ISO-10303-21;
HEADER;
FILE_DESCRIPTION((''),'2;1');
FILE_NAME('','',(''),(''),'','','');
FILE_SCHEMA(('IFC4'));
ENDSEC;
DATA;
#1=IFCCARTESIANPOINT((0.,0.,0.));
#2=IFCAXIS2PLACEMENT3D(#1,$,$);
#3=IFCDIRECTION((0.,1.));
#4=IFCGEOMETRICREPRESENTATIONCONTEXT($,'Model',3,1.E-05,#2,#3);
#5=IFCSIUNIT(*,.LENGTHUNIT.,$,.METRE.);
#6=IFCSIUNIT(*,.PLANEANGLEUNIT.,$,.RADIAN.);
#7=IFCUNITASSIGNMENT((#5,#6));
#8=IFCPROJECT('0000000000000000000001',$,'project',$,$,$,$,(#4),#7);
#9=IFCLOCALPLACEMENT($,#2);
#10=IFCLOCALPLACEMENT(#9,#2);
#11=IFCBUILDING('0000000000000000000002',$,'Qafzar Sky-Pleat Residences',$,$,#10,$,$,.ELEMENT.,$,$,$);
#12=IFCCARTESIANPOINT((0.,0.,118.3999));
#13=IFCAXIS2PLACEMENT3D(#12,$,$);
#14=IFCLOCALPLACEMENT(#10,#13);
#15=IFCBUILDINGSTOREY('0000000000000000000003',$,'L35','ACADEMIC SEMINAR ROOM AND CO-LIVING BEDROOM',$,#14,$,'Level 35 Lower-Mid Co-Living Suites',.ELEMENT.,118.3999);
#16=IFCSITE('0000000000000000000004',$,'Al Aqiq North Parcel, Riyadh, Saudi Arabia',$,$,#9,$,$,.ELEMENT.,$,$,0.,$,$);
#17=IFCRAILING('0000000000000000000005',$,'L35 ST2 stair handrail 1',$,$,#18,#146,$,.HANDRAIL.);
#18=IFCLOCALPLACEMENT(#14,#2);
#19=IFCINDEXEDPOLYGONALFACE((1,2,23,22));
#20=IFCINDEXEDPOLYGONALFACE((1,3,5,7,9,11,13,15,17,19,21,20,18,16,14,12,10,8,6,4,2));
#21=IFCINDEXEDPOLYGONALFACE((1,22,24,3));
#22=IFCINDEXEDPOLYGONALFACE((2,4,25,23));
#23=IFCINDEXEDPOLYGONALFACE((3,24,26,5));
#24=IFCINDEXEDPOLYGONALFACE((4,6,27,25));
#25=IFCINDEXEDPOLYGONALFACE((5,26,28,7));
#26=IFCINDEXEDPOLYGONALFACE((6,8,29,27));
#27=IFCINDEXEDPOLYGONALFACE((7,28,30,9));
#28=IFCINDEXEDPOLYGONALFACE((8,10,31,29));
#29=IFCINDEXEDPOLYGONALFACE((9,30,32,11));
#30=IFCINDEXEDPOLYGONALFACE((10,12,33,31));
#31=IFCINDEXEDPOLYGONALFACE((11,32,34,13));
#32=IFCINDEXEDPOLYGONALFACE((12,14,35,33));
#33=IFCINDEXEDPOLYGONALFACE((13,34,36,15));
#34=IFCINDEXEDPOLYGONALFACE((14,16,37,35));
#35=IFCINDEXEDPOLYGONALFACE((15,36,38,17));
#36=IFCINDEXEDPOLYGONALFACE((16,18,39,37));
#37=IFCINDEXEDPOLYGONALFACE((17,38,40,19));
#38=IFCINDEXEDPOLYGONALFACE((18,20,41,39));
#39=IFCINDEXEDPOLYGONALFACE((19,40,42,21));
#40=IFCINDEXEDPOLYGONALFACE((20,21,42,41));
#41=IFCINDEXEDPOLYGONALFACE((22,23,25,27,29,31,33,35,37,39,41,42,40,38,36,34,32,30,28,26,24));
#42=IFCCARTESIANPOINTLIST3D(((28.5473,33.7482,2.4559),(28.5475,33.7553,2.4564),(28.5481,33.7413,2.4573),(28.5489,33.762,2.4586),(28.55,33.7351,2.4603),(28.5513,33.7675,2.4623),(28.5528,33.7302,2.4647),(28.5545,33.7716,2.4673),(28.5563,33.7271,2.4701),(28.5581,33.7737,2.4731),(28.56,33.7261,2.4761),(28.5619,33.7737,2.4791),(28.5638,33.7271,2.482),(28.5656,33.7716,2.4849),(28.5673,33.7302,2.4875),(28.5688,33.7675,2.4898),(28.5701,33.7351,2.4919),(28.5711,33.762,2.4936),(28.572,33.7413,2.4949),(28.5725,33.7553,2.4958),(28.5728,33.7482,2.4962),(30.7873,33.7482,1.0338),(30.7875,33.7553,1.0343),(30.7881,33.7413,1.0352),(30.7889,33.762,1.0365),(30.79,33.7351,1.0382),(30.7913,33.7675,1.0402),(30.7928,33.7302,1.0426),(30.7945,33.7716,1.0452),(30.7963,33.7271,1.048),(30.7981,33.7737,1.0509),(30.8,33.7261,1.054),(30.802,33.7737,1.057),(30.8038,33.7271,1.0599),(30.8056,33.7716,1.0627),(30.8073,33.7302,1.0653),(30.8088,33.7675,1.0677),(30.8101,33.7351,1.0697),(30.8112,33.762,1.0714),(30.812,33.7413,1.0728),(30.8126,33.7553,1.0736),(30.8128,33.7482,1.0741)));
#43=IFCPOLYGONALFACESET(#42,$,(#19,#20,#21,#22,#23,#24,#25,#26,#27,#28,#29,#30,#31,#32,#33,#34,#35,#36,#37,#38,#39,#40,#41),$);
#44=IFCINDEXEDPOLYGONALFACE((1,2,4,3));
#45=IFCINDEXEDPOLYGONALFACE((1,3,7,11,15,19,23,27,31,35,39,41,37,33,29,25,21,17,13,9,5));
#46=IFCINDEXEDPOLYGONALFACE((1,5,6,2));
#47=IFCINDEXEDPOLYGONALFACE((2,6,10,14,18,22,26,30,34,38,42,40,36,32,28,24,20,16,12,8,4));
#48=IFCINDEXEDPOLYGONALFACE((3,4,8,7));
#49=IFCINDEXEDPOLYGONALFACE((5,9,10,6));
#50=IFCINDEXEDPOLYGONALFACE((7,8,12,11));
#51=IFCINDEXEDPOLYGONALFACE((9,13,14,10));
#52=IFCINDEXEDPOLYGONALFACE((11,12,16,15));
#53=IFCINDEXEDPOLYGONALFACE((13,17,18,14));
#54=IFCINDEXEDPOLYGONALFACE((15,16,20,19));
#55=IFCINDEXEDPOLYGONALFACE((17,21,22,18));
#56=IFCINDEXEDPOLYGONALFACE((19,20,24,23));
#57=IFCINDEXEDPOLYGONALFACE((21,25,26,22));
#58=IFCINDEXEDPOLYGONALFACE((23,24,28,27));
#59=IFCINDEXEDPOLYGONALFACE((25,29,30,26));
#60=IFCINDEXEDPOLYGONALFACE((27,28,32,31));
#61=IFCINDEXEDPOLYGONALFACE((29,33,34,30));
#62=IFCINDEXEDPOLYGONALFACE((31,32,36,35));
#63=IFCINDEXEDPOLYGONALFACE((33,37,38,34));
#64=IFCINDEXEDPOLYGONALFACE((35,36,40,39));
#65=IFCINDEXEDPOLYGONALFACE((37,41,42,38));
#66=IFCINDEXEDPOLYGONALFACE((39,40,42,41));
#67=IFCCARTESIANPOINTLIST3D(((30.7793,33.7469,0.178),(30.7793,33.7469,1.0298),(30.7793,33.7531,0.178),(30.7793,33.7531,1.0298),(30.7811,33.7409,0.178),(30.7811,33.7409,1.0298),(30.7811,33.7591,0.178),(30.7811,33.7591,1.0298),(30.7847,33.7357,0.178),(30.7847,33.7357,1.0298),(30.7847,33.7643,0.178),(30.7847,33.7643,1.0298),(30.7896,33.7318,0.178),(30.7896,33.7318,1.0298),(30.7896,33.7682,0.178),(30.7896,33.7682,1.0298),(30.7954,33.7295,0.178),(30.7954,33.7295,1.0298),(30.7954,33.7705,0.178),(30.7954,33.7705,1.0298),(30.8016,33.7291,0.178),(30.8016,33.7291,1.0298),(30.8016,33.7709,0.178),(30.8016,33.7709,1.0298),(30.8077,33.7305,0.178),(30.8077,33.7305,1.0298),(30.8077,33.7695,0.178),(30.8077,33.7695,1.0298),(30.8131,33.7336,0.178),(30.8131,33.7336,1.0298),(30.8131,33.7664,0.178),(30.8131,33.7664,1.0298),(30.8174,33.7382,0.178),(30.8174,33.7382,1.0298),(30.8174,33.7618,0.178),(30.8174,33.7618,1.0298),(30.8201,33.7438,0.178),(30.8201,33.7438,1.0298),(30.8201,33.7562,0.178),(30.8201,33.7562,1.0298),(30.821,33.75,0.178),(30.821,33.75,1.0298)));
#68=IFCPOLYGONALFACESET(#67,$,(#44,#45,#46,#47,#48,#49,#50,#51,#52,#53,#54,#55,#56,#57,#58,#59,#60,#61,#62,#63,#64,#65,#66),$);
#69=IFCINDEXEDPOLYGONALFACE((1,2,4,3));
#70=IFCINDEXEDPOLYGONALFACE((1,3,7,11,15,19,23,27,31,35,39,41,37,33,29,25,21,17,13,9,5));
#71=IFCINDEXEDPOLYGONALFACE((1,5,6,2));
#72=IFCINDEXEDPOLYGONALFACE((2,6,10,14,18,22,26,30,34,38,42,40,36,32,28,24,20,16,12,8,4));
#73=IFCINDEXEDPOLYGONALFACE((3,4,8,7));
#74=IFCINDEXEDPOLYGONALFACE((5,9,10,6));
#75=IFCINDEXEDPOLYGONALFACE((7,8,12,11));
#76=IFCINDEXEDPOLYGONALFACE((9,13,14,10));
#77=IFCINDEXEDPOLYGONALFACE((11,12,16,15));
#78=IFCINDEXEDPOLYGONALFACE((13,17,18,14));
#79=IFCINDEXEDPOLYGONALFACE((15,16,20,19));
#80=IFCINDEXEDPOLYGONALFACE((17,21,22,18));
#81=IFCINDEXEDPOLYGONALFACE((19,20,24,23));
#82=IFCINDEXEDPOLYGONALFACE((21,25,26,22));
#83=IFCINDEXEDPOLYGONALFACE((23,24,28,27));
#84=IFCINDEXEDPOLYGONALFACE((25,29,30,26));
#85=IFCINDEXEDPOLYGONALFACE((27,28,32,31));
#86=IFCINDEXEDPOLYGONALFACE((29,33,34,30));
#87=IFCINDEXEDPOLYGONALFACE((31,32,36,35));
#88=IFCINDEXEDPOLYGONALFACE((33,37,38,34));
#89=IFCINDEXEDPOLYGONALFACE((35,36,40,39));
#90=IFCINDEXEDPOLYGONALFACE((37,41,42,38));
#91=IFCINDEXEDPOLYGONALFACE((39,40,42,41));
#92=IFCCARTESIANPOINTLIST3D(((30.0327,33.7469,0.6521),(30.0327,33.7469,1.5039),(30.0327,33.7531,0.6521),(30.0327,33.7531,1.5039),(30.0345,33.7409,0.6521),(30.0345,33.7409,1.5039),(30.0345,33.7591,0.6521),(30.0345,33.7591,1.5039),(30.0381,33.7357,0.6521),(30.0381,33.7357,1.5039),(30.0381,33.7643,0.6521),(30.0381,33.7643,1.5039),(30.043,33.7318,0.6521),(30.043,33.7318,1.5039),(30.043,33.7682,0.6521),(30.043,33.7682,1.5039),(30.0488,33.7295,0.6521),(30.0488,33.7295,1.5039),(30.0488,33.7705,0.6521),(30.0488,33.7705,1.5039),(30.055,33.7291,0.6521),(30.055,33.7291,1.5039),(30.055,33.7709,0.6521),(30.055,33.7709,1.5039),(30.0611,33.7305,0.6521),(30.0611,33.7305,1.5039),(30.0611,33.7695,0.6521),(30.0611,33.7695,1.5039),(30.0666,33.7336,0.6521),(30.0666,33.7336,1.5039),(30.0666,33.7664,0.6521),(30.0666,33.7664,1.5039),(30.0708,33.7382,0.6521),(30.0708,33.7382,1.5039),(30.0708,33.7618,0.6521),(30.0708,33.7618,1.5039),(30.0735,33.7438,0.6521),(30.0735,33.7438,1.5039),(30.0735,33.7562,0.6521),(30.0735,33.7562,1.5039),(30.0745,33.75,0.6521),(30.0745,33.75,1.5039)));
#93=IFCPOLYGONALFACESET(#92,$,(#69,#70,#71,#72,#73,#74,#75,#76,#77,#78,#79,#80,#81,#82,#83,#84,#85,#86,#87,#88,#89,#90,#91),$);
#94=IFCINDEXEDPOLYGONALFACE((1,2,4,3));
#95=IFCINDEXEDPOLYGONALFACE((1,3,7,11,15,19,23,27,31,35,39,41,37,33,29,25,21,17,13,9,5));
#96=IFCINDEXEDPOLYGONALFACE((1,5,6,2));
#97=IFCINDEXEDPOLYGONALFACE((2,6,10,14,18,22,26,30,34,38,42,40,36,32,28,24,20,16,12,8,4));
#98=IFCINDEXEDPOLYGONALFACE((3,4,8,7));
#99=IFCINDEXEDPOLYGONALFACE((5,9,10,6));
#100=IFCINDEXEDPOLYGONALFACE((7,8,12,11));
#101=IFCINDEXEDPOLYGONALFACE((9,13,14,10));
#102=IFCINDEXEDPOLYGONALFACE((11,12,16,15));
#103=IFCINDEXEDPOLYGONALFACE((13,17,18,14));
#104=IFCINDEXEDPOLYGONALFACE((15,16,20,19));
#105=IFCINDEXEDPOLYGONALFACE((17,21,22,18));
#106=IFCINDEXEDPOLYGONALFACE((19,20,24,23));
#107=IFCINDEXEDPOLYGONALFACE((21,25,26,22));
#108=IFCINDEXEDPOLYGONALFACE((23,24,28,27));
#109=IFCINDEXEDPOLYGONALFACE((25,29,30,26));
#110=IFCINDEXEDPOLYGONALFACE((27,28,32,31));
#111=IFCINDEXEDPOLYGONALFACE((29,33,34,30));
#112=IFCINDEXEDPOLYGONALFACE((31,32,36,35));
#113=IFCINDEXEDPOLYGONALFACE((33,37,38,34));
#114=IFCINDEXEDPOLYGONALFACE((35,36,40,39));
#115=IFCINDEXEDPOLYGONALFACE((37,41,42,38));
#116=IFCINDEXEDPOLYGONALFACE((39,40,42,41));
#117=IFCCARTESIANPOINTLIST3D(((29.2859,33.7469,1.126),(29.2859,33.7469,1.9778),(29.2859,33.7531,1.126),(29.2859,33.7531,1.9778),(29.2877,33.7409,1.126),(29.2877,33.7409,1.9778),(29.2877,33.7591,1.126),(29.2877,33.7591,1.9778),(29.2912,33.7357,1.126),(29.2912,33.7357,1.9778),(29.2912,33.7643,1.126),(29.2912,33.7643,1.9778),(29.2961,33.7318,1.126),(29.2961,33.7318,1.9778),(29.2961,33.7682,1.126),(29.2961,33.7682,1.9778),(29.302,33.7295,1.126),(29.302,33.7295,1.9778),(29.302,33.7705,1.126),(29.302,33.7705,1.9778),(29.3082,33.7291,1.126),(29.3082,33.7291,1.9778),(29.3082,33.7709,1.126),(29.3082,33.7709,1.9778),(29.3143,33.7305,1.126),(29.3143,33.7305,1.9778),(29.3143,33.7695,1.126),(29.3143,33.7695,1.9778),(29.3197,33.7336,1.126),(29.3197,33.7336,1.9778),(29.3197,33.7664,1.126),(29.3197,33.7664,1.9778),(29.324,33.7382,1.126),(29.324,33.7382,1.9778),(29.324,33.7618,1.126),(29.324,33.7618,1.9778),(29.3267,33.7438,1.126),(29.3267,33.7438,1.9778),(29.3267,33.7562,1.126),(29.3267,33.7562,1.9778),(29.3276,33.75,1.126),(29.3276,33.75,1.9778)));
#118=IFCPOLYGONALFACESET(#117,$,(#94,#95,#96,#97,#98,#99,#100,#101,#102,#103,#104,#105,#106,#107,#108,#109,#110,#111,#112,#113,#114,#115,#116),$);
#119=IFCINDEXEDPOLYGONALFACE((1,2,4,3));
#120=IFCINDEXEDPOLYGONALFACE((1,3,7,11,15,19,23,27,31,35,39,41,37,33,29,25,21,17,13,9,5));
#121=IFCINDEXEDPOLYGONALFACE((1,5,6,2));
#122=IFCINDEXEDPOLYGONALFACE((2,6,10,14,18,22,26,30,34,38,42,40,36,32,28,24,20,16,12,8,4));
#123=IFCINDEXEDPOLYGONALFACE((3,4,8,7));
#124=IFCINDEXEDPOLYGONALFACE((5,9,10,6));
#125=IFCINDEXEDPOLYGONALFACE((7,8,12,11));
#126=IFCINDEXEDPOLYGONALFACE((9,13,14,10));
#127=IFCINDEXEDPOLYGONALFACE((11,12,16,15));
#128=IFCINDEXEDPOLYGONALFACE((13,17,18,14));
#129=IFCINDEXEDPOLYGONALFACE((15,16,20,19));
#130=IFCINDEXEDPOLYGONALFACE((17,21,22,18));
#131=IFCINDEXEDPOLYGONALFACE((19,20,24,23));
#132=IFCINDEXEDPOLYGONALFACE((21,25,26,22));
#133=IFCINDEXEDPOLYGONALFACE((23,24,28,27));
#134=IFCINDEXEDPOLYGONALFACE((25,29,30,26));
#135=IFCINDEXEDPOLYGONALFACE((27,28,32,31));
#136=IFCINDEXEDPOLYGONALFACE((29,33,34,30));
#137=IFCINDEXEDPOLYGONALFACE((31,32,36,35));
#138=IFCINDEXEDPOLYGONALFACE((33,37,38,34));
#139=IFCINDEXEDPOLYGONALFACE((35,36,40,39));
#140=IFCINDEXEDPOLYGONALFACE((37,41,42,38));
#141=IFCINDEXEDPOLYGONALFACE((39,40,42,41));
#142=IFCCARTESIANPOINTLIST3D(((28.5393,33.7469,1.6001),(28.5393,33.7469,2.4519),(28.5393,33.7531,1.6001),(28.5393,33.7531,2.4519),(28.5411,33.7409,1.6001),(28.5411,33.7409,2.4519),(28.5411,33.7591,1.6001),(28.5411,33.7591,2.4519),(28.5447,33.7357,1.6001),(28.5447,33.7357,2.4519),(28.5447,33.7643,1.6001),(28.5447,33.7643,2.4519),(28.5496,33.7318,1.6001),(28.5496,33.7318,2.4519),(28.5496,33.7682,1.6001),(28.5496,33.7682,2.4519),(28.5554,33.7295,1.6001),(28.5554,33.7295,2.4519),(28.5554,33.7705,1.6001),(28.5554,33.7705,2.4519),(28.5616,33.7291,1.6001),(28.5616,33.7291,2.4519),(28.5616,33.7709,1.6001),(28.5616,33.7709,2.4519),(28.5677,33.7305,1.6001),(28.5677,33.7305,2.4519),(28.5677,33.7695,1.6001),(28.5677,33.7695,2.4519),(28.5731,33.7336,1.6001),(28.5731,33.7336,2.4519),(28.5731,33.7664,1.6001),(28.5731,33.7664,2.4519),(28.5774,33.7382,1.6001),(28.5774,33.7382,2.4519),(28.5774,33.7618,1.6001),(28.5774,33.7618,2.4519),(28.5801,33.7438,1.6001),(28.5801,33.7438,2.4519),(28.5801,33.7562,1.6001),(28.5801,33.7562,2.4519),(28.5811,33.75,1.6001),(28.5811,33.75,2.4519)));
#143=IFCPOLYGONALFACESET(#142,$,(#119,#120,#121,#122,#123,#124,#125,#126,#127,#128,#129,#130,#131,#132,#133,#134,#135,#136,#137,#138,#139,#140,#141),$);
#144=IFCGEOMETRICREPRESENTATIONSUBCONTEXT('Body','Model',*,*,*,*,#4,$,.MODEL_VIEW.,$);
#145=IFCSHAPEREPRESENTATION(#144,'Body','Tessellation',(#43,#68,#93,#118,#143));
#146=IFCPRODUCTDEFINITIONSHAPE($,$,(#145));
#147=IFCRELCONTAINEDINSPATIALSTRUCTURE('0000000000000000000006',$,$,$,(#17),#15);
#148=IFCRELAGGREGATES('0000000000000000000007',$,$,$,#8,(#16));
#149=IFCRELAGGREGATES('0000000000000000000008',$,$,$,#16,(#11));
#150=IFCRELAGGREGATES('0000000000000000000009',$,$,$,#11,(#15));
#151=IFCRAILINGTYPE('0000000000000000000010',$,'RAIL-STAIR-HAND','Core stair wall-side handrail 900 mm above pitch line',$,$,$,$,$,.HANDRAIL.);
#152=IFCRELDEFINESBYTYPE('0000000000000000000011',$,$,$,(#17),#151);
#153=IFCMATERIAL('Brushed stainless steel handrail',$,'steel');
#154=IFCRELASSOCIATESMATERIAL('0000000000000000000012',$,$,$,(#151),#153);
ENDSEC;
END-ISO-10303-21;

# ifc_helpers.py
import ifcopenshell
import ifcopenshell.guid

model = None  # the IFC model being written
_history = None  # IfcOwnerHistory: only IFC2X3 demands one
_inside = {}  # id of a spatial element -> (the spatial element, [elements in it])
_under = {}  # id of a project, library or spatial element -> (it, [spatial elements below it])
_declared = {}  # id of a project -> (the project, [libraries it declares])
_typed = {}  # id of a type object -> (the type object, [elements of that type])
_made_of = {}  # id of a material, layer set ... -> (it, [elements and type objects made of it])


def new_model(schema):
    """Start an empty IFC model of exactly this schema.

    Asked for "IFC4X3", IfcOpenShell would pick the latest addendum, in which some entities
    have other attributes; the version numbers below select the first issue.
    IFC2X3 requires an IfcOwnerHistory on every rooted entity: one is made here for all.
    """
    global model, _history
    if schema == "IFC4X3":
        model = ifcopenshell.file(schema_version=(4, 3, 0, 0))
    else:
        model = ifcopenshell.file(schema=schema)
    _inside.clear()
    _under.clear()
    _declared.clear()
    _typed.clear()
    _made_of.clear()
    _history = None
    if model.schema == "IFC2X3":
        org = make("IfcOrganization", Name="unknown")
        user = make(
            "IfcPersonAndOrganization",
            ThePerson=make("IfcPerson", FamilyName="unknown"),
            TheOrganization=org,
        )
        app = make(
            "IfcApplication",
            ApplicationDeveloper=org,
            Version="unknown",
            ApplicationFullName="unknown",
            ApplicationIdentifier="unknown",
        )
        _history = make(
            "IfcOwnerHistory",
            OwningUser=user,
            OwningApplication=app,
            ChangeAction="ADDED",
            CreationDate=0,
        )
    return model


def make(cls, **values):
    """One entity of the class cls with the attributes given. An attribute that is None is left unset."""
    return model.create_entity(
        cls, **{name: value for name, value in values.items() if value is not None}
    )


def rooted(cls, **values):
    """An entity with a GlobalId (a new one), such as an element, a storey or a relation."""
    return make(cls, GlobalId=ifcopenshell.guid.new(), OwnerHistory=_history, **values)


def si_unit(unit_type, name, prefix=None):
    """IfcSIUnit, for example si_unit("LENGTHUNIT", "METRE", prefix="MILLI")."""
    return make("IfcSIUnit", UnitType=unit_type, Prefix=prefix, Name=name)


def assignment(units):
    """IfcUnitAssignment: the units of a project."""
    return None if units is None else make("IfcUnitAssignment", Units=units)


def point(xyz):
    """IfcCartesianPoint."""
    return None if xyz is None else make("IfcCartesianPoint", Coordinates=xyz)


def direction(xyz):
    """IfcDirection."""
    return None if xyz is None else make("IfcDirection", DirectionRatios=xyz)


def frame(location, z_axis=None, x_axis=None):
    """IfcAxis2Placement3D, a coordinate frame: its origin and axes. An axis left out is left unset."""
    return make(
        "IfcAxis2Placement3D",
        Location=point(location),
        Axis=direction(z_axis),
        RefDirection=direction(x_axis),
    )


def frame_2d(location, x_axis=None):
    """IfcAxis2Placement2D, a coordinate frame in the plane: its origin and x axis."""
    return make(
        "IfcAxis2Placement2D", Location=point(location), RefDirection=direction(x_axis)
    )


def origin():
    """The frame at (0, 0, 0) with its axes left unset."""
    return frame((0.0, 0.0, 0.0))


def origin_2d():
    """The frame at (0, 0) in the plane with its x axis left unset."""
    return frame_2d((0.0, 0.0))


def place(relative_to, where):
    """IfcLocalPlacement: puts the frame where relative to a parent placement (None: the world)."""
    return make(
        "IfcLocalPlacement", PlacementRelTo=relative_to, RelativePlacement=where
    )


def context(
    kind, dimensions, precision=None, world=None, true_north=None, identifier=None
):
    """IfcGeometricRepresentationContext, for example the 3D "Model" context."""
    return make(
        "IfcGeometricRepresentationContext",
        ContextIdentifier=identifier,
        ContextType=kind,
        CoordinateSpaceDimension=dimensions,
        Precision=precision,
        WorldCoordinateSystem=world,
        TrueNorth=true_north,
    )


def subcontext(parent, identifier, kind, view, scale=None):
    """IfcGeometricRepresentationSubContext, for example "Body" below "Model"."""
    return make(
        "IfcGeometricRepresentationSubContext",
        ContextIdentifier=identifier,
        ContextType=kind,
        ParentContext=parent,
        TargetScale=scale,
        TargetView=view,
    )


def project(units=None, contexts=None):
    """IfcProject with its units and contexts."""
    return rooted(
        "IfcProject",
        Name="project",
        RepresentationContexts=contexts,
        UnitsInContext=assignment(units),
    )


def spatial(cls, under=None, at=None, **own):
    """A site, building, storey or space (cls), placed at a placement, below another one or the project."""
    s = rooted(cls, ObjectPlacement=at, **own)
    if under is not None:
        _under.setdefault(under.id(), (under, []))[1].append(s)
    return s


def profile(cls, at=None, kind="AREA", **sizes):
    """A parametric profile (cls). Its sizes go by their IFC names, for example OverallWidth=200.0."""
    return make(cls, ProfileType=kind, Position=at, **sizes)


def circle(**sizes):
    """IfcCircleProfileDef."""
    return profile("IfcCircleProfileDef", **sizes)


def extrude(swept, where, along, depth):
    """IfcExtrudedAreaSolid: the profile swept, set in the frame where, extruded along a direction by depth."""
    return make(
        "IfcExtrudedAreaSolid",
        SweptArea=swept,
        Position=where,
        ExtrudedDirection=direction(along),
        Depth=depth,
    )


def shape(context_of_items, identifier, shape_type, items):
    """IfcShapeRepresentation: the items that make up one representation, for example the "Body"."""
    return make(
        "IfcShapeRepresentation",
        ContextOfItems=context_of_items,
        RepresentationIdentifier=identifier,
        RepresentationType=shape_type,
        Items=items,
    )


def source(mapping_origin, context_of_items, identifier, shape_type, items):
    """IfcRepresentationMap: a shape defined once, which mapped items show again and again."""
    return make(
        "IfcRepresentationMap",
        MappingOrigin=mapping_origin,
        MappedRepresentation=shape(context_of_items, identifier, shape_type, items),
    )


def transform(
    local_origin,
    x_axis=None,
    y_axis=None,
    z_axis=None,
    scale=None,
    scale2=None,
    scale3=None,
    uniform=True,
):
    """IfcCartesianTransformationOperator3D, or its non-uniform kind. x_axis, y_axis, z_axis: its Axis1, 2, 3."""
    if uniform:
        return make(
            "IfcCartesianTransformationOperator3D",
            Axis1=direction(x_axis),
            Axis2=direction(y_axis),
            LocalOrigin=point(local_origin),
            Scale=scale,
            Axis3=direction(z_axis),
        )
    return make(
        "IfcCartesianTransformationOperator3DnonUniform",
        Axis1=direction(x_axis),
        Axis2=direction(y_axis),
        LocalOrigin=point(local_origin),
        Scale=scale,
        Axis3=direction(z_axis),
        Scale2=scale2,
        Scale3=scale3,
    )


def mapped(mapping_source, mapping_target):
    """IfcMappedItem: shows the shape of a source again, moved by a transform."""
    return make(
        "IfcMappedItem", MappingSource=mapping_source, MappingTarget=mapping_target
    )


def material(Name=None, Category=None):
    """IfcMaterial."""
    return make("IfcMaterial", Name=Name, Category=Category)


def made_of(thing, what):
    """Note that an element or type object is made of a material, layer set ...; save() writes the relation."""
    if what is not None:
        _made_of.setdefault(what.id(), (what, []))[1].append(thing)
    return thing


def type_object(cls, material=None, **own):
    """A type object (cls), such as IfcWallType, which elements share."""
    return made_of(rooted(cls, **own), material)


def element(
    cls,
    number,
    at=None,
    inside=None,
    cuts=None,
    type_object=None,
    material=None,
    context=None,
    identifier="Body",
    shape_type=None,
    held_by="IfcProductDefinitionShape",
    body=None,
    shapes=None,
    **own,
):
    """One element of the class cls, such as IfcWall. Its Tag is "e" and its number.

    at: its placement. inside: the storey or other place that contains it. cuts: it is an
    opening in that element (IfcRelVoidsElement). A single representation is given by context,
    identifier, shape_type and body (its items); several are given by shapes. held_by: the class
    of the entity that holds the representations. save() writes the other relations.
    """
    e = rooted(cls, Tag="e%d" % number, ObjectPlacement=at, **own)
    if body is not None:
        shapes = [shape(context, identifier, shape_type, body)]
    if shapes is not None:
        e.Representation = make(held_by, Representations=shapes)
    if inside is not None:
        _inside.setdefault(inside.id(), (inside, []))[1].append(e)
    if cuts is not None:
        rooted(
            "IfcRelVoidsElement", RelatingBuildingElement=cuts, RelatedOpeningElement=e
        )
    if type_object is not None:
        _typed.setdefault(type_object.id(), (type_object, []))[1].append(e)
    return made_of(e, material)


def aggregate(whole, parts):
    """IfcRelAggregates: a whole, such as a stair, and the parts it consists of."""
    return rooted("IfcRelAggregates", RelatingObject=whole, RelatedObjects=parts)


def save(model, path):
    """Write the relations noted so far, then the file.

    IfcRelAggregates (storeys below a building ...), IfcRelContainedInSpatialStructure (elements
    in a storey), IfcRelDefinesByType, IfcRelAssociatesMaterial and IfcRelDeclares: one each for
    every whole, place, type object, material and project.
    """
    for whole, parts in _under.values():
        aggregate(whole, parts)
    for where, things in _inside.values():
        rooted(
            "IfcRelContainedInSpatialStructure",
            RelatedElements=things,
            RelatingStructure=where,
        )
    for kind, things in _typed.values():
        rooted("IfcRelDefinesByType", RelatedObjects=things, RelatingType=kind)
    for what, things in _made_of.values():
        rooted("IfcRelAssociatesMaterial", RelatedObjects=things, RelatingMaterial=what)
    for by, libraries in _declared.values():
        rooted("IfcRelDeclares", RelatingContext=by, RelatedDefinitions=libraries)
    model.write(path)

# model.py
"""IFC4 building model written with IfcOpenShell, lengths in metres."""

from ifc_helpers import new_model, si_unit, direction, frame, origin, origin_2d, place, context, subcontext, project, spatial, circle, extrude, source, transform, mapped, material, type_object, element, save


model = new_model("IFC4")

# Units and contexts
model_context = context("Model", 3, precision=1e-05, world=origin(), true_north=direction((0.0, 1.0)))
body_context = subcontext(model_context, "Body", "Model", "MODEL_VIEW")
ifc_project = project(units=[si_unit("LENGTHUNIT", "METRE"), si_unit("PLANEANGLEUNIT", "RADIAN")], contexts=[model_context])

# Site, building, storey
site_placement = place(None, origin())
site = spatial("IfcSite", under=ifc_project, at=site_placement, Name="Al Aqiq North Parcel, Riyadh, Saudi Arabia", CompositionType="ELEMENT", RefElevation=0.0)
building_placement = place(site_placement, origin())
building = spatial("IfcBuilding", under=site, at=building_placement, Name="Qafzar Sky-Pleat Residences", CompositionType="ELEMENT")
storey_placement = place(building_placement, frame((0.0, 0.0, 118.3999)))
storey = spatial("IfcBuildingStorey", under=building, at=storey_placement, Name="L35", Description="ACADEMIC SEMINAR ROOM AND CO-LIVING BEDROOM", LongName="Level 35 Lower-Mid Co-Living Suites", CompositionType="ELEMENT", Elevation=118.3999)

# Railing
ifc_material_1 = material(Name="Brushed stainless steel handrail", Category="steel")
railing_type_1 = type_object("IfcRailingType", Name="RAIL-STAIR-HAND", Description="Core stair wall-side handrail 900 mm above pitch line", PredefinedType="HANDRAIL", material=ifc_material_1)
shared_shape_1 = source(origin(), body_context, "Body", "SweptSolid", [
    extrude(circle(Radius=0.0239, at=origin_2d()), frame((0.0, 0.0, 0.876), z_axis=(-0.844229, 0.0, 0.535982), x_axis=(0.0, -1.0, 0.0)), (0.0, 0.0, 1.0), 2.6533),
    extrude(circle(Radius=0.021, at=origin_2d()), origin(), (0.0, 0.0, 1.0), 0.8518),
    extrude(circle(Radius=0.021, at=origin_2d()), frame((-0.7466, 0.0, 0.4741)), (0.0, 0.0, 1.0), 0.8518),
    extrude(circle(Radius=0.021, at=origin_2d()), frame((-1.4934, 0.0, 0.948)), (0.0, 0.0, 1.0), 0.8518),
    extrude(circle(Radius=0.021, at=origin_2d()), frame((-2.24, 0.0, 1.4221)), (0.0, 0.0, 1.0), 0.8518),
])
railing_1_placement = place(storey_placement, frame((30.8, 33.75, 0.178)))
element("IfcRailing", 1, at=railing_1_placement, inside=storey, type_object=railing_type_1, Name="L35 ST2 stair handrail 1", PredefinedType="HANDRAIL", context=body_context, shape_type="MappedRepresentation", body=[
    mapped(shared_shape_1, transform((0.0, 0.0, 0.0), x_axis=(1.0, 0.0, 0.0), y_axis=(0.0, 1.0, 0.0), z_axis=(0.0, 0.0, 1.0), scale=1.0)),
])

save(model, "model.ifc")
